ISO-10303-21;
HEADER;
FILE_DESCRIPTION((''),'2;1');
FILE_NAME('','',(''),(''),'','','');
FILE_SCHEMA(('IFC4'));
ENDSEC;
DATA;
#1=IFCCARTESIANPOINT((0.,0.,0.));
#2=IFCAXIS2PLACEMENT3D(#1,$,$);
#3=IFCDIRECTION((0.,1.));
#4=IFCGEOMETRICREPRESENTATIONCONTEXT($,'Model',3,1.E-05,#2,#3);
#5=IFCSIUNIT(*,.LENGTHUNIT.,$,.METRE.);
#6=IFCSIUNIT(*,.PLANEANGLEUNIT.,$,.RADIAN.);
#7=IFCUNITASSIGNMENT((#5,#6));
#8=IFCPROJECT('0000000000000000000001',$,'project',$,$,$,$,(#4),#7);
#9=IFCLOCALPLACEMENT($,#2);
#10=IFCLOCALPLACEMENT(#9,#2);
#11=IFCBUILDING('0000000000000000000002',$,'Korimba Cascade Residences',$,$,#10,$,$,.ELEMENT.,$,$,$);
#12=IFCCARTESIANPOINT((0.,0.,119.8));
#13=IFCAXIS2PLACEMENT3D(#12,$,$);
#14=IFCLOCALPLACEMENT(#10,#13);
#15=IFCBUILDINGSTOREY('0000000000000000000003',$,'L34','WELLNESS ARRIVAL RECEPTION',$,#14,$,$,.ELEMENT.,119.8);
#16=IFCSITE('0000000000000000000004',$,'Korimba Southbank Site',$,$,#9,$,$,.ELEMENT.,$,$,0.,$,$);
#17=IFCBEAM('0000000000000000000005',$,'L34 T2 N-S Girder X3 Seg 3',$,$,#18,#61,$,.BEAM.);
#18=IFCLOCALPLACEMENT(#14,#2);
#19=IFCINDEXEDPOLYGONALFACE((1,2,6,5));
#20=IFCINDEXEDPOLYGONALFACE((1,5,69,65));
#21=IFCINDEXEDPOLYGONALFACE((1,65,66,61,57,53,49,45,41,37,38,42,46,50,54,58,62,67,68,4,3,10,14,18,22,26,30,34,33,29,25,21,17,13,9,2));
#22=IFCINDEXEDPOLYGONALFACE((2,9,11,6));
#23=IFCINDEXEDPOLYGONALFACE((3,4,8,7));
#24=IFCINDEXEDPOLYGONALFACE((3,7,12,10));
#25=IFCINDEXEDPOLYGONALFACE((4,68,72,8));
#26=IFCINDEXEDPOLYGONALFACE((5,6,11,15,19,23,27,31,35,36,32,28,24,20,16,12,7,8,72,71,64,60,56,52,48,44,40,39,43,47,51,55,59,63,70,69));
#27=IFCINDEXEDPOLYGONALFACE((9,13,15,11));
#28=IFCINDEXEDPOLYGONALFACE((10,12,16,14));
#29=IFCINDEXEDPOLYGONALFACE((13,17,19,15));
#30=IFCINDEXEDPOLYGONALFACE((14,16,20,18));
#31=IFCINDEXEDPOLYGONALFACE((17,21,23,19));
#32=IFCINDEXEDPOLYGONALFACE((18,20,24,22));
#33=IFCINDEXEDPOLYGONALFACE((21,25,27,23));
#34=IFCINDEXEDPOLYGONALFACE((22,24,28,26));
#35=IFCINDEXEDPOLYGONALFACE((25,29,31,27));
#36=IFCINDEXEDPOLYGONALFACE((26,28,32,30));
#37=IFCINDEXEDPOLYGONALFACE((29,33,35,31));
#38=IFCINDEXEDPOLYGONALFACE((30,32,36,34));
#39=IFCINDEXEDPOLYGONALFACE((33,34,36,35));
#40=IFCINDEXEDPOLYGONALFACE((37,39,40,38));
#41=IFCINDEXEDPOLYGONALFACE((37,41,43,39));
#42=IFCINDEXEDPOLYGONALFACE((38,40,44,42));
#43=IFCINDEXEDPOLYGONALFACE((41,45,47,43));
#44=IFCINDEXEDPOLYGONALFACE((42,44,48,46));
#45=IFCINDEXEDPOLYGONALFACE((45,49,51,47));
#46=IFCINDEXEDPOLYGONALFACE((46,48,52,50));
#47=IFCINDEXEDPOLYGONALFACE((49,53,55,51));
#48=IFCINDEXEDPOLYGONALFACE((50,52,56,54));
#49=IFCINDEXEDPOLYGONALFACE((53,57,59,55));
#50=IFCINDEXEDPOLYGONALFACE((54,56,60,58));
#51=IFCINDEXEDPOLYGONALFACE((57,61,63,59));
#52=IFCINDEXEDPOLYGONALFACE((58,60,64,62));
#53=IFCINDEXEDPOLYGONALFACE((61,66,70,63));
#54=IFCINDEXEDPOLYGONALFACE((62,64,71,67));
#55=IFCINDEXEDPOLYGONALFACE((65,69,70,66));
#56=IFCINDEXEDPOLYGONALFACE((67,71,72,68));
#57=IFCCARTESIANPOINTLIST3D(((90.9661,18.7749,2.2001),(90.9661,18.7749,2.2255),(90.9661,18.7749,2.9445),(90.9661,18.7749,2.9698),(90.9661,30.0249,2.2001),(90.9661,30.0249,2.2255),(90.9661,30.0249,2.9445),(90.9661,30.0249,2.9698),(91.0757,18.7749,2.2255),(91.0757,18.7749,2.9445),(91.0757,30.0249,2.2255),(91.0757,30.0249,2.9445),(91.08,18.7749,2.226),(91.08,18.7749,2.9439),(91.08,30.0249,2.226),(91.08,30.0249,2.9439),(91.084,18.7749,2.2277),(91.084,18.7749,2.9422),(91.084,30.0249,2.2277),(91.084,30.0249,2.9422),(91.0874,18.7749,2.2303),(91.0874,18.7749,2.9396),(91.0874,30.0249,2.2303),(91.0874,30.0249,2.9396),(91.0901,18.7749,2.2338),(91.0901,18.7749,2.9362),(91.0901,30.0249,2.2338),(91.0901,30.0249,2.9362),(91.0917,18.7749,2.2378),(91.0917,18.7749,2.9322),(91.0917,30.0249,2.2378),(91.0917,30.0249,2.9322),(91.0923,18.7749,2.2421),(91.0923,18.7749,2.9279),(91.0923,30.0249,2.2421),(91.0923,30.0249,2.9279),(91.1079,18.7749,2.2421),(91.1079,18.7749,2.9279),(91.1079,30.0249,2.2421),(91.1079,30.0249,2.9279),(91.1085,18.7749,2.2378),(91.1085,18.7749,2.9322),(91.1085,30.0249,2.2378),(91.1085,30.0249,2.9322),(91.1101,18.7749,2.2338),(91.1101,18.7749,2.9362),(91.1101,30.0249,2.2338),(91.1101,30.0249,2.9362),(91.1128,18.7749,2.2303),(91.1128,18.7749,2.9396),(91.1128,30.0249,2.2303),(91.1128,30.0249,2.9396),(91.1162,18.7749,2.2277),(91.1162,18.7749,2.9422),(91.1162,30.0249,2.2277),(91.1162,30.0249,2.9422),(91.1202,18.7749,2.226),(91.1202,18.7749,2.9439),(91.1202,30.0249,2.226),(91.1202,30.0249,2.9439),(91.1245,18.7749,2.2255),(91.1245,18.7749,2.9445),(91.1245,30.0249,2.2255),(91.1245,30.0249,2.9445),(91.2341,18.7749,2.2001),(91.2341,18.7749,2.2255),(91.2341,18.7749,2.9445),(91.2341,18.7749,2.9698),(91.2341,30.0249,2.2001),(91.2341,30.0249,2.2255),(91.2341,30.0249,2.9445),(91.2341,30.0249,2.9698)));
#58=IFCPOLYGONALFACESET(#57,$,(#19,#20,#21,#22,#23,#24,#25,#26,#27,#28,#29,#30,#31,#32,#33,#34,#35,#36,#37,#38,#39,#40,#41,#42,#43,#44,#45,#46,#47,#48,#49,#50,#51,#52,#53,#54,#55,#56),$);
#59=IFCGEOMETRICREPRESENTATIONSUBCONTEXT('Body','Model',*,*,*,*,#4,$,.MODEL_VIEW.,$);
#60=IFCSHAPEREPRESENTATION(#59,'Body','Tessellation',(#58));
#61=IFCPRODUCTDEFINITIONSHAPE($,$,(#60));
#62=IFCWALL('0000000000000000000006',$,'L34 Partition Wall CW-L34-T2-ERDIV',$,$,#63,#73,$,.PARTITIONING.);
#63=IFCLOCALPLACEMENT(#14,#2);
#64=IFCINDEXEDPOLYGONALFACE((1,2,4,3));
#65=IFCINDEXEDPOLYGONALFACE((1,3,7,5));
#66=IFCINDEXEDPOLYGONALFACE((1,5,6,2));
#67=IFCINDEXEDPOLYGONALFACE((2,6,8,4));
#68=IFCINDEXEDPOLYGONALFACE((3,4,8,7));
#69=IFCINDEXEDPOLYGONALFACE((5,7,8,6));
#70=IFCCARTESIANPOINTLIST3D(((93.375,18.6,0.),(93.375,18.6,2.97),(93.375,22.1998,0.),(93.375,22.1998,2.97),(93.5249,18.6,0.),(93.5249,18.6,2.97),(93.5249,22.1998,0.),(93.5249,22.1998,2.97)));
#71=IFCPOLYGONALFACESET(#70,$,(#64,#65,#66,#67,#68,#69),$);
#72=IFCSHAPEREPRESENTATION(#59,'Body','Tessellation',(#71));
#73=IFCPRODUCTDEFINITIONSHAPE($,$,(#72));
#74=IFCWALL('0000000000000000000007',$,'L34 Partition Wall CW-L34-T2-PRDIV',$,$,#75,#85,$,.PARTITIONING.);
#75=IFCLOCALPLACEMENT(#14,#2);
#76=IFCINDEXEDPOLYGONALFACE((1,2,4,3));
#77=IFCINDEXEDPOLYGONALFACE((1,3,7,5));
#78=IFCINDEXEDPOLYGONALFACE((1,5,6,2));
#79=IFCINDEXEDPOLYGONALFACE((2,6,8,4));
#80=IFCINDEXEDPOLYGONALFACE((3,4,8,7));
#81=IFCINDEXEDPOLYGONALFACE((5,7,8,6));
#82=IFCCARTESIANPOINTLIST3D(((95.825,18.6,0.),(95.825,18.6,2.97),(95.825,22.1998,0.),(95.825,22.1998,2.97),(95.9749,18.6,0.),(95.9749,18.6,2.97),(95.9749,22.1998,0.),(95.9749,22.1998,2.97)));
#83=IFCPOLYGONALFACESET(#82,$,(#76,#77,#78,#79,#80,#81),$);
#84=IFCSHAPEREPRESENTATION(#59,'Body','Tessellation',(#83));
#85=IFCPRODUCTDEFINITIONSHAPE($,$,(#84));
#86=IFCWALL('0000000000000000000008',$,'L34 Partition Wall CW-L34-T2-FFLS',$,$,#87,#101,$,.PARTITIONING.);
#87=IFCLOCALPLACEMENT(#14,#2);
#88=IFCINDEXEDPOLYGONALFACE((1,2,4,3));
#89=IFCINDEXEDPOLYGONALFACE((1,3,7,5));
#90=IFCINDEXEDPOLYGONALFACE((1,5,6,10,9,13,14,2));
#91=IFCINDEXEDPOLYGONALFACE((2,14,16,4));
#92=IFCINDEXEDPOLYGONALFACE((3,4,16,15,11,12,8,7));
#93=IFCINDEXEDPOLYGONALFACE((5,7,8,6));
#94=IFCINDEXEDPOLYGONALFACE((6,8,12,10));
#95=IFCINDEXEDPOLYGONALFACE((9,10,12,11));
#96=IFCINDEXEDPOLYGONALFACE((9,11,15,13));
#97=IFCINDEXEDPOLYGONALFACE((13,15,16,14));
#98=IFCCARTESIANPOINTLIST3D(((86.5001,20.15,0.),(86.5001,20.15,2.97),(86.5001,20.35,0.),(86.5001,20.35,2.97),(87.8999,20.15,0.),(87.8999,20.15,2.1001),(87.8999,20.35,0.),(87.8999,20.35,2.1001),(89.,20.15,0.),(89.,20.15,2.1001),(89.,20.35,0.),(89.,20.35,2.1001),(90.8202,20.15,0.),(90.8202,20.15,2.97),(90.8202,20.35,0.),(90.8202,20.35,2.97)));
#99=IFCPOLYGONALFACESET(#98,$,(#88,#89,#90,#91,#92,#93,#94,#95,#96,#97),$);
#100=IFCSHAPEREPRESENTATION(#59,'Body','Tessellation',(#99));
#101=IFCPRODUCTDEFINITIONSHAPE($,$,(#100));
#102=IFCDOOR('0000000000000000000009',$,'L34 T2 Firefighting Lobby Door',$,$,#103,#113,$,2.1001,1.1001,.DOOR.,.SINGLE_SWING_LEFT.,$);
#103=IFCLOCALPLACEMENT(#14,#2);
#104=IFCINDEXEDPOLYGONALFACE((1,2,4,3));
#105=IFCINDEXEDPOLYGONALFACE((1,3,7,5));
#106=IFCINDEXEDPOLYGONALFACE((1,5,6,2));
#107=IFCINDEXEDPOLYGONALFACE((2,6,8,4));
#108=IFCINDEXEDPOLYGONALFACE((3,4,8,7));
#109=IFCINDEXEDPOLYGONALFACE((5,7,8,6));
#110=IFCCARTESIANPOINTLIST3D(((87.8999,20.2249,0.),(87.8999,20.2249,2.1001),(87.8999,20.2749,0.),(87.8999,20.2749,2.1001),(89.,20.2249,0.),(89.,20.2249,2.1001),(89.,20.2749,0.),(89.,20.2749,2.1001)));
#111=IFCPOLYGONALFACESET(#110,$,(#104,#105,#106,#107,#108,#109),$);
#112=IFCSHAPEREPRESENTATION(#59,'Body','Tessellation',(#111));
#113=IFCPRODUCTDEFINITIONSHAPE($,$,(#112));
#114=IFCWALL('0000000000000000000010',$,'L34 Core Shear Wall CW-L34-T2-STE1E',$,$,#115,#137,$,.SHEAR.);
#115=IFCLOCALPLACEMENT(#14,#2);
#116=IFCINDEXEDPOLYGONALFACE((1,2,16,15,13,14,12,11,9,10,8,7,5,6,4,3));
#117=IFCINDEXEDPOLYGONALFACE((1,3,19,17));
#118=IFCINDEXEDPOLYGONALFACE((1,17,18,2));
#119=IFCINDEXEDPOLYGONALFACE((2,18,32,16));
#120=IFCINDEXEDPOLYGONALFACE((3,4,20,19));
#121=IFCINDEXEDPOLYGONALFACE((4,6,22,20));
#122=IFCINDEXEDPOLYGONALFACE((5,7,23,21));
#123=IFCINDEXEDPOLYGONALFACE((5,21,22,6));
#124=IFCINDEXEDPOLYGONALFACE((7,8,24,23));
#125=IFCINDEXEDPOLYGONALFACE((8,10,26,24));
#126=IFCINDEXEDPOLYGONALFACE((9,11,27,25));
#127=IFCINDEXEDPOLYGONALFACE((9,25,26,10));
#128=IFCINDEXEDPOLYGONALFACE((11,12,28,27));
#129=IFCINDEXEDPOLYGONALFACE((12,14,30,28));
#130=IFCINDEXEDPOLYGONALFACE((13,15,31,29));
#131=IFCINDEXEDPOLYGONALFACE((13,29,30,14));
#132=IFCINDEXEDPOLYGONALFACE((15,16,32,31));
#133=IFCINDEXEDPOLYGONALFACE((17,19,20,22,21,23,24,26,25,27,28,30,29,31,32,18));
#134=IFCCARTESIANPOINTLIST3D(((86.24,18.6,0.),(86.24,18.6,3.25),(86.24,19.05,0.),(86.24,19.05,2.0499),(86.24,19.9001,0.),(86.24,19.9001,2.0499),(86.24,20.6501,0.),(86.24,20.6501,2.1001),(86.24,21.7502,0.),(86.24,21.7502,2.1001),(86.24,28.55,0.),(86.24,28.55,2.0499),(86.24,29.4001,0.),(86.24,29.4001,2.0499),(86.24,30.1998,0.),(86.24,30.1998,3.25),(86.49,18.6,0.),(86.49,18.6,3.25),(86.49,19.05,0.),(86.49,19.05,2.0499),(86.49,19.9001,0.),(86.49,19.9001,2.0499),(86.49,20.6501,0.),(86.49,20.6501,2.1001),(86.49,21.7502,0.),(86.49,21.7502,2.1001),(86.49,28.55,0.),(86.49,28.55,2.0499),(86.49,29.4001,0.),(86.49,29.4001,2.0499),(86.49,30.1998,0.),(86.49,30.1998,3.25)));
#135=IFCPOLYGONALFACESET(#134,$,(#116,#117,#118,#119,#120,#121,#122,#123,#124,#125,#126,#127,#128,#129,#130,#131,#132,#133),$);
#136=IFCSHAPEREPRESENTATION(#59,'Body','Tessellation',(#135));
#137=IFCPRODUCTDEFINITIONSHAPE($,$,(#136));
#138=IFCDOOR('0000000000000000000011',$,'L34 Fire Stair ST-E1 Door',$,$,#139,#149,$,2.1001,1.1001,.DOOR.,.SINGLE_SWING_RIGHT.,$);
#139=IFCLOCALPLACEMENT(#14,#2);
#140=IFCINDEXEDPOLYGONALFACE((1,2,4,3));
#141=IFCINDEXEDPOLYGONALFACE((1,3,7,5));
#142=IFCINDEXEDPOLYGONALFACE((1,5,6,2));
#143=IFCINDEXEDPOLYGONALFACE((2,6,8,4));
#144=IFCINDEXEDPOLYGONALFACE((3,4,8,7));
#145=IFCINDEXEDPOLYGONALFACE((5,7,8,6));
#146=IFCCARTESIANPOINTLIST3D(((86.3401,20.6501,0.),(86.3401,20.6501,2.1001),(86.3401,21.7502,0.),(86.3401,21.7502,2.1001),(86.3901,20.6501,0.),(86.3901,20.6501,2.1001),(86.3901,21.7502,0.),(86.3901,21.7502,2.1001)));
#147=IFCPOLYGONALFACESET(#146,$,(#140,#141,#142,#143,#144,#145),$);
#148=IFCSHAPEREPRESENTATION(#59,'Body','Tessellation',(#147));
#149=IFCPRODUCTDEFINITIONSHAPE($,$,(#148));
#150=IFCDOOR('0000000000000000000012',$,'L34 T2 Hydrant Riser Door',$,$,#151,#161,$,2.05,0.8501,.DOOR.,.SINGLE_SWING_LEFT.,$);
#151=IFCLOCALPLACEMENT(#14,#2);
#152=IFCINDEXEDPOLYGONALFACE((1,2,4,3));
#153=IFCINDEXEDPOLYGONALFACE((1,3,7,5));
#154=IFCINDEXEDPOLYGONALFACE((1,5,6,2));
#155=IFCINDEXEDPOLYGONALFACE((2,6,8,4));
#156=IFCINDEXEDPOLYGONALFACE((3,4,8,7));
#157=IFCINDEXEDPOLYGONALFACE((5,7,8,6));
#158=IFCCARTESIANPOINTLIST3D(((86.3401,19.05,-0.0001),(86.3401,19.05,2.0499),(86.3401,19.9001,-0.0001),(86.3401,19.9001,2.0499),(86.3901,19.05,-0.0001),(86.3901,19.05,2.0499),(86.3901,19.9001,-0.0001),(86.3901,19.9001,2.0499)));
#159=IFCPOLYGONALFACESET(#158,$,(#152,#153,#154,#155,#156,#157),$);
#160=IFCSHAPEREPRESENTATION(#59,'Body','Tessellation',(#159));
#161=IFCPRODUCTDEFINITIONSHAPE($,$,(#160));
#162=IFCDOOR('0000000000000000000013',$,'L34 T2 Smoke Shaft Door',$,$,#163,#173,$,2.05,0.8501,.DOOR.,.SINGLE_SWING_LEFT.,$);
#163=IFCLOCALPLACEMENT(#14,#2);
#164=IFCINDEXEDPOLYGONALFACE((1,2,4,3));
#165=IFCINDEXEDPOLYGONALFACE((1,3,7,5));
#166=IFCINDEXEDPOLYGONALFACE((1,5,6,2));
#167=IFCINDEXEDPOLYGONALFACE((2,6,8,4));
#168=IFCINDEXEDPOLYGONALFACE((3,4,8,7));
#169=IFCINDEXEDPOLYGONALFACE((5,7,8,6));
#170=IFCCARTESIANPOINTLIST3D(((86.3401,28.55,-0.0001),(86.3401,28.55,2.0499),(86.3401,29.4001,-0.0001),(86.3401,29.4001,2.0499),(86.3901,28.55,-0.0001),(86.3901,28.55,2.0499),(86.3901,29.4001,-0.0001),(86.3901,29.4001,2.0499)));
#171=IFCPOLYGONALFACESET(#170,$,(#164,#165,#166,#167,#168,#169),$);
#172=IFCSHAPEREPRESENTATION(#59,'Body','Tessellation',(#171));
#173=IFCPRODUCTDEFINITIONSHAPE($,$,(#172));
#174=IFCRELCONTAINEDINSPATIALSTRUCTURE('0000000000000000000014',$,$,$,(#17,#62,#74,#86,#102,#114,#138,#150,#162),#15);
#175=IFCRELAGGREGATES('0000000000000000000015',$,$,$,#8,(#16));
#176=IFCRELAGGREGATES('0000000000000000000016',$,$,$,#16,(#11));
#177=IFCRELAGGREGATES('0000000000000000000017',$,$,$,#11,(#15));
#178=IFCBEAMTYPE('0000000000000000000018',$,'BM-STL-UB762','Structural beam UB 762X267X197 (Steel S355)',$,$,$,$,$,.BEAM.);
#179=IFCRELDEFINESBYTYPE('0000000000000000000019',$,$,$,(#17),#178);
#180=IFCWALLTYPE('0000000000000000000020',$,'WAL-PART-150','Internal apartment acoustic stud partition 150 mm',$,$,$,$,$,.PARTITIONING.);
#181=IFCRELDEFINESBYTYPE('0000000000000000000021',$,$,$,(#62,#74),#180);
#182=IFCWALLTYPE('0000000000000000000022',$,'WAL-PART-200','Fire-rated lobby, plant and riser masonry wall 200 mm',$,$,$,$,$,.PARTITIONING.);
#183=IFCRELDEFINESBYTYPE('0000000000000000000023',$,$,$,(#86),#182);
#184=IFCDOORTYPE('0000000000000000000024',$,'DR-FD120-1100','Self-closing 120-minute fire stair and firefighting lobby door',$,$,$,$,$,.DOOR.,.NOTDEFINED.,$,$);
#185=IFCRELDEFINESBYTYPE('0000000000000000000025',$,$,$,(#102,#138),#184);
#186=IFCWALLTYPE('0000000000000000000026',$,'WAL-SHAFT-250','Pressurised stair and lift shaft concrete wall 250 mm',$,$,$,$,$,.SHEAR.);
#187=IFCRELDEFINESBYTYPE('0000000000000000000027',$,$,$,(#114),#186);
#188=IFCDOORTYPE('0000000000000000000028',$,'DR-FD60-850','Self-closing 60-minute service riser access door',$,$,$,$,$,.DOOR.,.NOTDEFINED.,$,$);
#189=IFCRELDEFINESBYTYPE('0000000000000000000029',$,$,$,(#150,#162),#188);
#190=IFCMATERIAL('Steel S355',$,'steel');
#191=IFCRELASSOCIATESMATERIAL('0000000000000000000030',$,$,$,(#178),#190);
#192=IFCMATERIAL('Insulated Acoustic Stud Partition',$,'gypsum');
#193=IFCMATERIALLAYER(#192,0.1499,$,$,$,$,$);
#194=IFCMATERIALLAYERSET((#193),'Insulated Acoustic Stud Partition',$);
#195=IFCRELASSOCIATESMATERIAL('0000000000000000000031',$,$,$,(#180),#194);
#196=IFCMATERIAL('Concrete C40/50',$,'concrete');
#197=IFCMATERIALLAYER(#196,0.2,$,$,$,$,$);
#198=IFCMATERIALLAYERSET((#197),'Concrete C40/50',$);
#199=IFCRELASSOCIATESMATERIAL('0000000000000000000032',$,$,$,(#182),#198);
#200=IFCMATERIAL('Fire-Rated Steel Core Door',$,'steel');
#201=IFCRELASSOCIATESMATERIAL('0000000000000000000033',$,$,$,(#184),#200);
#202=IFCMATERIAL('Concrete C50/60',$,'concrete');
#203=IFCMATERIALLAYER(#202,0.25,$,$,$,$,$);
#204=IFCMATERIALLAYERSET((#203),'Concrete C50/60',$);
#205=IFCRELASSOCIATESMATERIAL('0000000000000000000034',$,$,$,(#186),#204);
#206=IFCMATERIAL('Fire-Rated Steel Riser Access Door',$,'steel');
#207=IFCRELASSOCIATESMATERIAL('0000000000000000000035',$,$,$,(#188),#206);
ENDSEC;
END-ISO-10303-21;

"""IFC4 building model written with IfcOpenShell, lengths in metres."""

from ifc_helpers import new_model, si_unit, direction, frame, frame_2d, origin, origin_2d, place, context, subcontext, project, spatial, rectangle, i_section, extrude, material, layer, layer_set, material_profile, profile_set, type_object, element, fill, save


model = new_model("IFC4")

# Units and contexts
model_context = context("Model", 3, precision=1e-05, world=origin(), true_north=direction((0.0, 1.0)))
body_context = subcontext(model_context, "Body", "Model", "MODEL_VIEW")
ifc_project = project(units=[si_unit("LENGTHUNIT", "METRE"), si_unit("PLANEANGLEUNIT", "RADIAN")], contexts=[model_context])

# Site, building, storey
site_placement = place(None, origin())
site = spatial("IfcSite", under=ifc_project, at=site_placement, Name="Korimba Southbank Site", CompositionType="ELEMENT", RefElevation=0.0)
building_placement = place(site_placement, origin())
building = spatial("IfcBuilding", under=site, at=building_placement, Name="Korimba Cascade Residences", CompositionType="ELEMENT")
storey_placement = place(building_placement, frame((0.0, 0.0, 119.8)))
storey = spatial("IfcBuildingStorey", under=building, at=storey_placement, Name="L34", Description="WELLNESS ARRIVAL RECEPTION", CompositionType="ELEMENT", Elevation=119.8)

# Beam
ifc_material_1 = material(Name="Steel S355", Category="steel")
ifc_material_profile = material_profile(ifc_material_1, i_section(OverallWidth=0.2681, OverallDepth=0.7698, WebThickness=0.0156, FlangeThickness=0.0254, FilletRadius=0.0166, at=origin_2d()), Name="Steel S355")
ifc_profile_set = profile_set([ifc_material_profile], Name="Steel S355")
beam_type = type_object("IfcBeamType", Name="BM-STL-UB762", Description="Structural beam UB 762X267X197 (Steel S355)", PredefinedType="BEAM", material=ifc_profile_set)
beam_placement = place(storey_placement, frame((91.1001, 18.7749, 2.585), z_axis=(0.0, 1.0, 0.0), x_axis=(-1.0, 0.0, 0.0)))
element("IfcBeam", 1, at=beam_placement, inside=storey, type_object=beam_type, Name="L34 T2 N-S Girder X3 Seg 3", PredefinedType="BEAM", context=body_context, shape_type="SweptSolid", body=[
    extrude(i_section(OverallWidth=0.2681, OverallDepth=0.7698, WebThickness=0.0156, FlangeThickness=0.0254, FilletRadius=0.0166, at=origin_2d()), origin(), (0.0, 0.0, 1.0), 11.25),
])

# Walls
ifc_material_2 = material(Name="Insulated Acoustic Stud Partition", Category="gypsum")
ifc_layer_1 = layer(ifc_material_2, 0.1499)
ifc_layer_set_1 = layer_set([ifc_layer_1], Name="Insulated Acoustic Stud Partition")
wall_type_1 = type_object("IfcWallType", Name="WAL-PART-150", Description="Internal apartment acoustic stud partition 150 mm", PredefinedType="PARTITIONING", material=ifc_layer_set_1)
for number, where, z_axis, x_axis, name in (
    (2, (93.45, 18.6001, 0.0), (0.0, 0.0, 1.0), (0.0, 1.0, 0.0), "L34 Partition Wall CW-L34-T2-ERDIV"),
    (3, (95.8999, 18.6001, 0.0), (0.0, 0.0, 1.0), (0.0, 1.0, 0.0), "L34 Partition Wall CW-L34-T2-PRDIV"),
):
    element("IfcWall", number, at=place(storey_placement, frame(where, z_axis=z_axis, x_axis=x_axis)), inside=storey, type_object=wall_type_1, Name=name, PredefinedType="PARTITIONING", context=body_context, shape_type="SweptSolid", body=[
        extrude(rectangle(XDim=3.5999, YDim=0.1499, at=frame_2d((1.7998, 0.0))), origin(), (0.0, 0.0, 1.0), 2.97),
    ])

# Wall, opening, door
ifc_material_3 = material(Name="Concrete C40/50", Category="concrete")
ifc_layer_2 = layer(ifc_material_3, 0.2)
ifc_layer_set_2 = layer_set([ifc_layer_2], Name="Concrete C40/50")
wall_type_2 = type_object("IfcWallType", Name="WAL-PART-200", Description="Fire-rated lobby, plant and riser masonry wall 200 mm", PredefinedType="PARTITIONING", material=ifc_layer_set_2)
wall_1_placement = place(storey_placement, frame((86.5, 20.25, 0.0), z_axis=(0.0, 0.0, 1.0), x_axis=(1.0, 0.0, 0.0)))
wall_1 = element("IfcWall", 4, at=wall_1_placement, inside=storey, type_object=wall_type_2, Name="L34 Partition Wall CW-L34-T2-FFLS", PredefinedType="PARTITIONING", context=body_context, shape_type="SweptSolid", body=[
    extrude(rectangle(XDim=4.3201, YDim=0.2, at=frame_2d((2.1602, 0.0))), origin(), (0.0, 0.0, 1.0), 2.97),
])
opening_1_placement = place(wall_1_placement, frame((1.3999, 0.0, 0.0)))
opening_1 = element("IfcOpeningElement", 5, at=opening_1_placement, cuts=wall_1, PredefinedType="OPENING", context=body_context, shape_type="SweptSolid", body=[
    extrude(rectangle(XDim=1.1001, YDim=2.1001, at=frame_2d((0.55, 1.05))), frame((0.0, 0.1099, 0.0), z_axis=(0.0, -1.0, 0.0), x_axis=(1.0, 0.0, 0.0)), (0.0, 0.0, 1.0), 0.22),
])
ifc_material_4 = material(Name="Fire-Rated Steel Core Door", Category="steel")
door_type_1 = type_object("IfcDoorType", Name="DR-FD120-1100", Description="Self-closing 120-minute fire stair and firefighting lobby door", OperationType="NOTDEFINED", PredefinedType="DOOR", material=ifc_material_4)
door_1_placement = place(opening_1_placement, origin())
door_1 = element("IfcDoor", 6, at=door_1_placement, inside=storey, type_object=door_type_1, Name="L34 T2 Firefighting Lobby Door", OperationType="SINGLE_SWING_LEFT", OverallHeight=2.1001, OverallWidth=1.1001, PredefinedType="DOOR", context=body_context, shape_type="SweptSolid", body=[
    extrude(rectangle(XDim=1.1001, YDim=2.1001, at=frame_2d((0.55, 1.05))), frame((0.0, 0.0249, 0.0), z_axis=(0.0, -1.0, 0.0), x_axis=(1.0, 0.0, 0.0)), (0.0, 0.0, 1.0), 0.05),
])
fill(opening_1, door_1)

# Wall, openings, doors
ifc_material_5 = material(Name="Concrete C50/60", Category="concrete")
ifc_layer_3 = layer(ifc_material_5, 0.25)
ifc_layer_set_3 = layer_set([ifc_layer_3], Name="Concrete C50/60")
wall_type_3 = type_object("IfcWallType", Name="WAL-SHAFT-250", Description="Pressurised stair and lift shaft concrete wall 250 mm", PredefinedType="SHEAR", material=ifc_layer_set_3)
wall_2_placement = place(storey_placement, frame((86.365, 18.6001, 0.0), z_axis=(0.0, 0.0, 1.0), x_axis=(0.0, 1.0, 0.0)))
wall_2 = element("IfcWall", 7, at=wall_2_placement, inside=storey, type_object=wall_type_3, Name="L34 Core Shear Wall CW-L34-T2-STE1E", PredefinedType="SHEAR", context=body_context, shape_type="SweptSolid", body=[
    extrude(rectangle(XDim=11.5999, YDim=0.25, at=frame_2d((5.7998, 0.0))), origin(), (0.0, 0.0, 1.0), 3.25),
])
opening_2_placement = place(wall_2_placement, frame((0.45, 0.0, 0.0)))
opening_2 = element("IfcOpeningElement", 8, at=opening_2_placement, cuts=wall_2, PredefinedType="OPENING", context=body_context, shape_type="SweptSolid", body=[
    extrude(rectangle(XDim=0.8501, YDim=2.05, at=frame_2d((0.425, 1.0249))), frame((0.0, 0.135, 0.0), z_axis=(0.0, -1.0, 0.0), x_axis=(1.0, 0.0, 0.0)), (0.0, 0.0, 1.0), 0.27),
])
opening_3_placement = place(wall_2_placement, frame((2.05, 0.0, 0.0)))
opening_3 = element("IfcOpeningElement", 9, at=opening_3_placement, cuts=wall_2, PredefinedType="OPENING", context=body_context, shape_type="SweptSolid", body=[
    extrude(rectangle(XDim=1.1001, YDim=2.1001, at=frame_2d((0.55, 1.05))), frame((0.0, 0.135, 0.0), z_axis=(0.0, -1.0, 0.0), x_axis=(1.0, 0.0, 0.0)), (0.0, 0.0, 1.0), 0.27),
])
opening_4_placement = place(wall_2_placement, frame((9.95, 0.0, 0.0)))
opening_4 = element("IfcOpeningElement", 10, at=opening_4_placement, cuts=wall_2, PredefinedType="OPENING", context=body_context, shape_type="SweptSolid", body=[
    extrude(rectangle(XDim=0.8501, YDim=2.05, at=frame_2d((0.425, 1.0249))), frame((0.0, 0.135, 0.0), z_axis=(0.0, -1.0, 0.0), x_axis=(1.0, 0.0, 0.0)), (0.0, 0.0, 1.0), 0.27),
])
door_2_placement = place(opening_3_placement, origin())
door_2 = element("IfcDoor", 11, at=door_2_placement, inside=storey, type_object=door_type_1, Name="L34 Fire Stair ST-E1 Door", OperationType="SINGLE_SWING_RIGHT", OverallHeight=2.1001, OverallWidth=1.1001, PredefinedType="DOOR", context=body_context, shape_type="SweptSolid", body=[
    extrude(rectangle(XDim=1.1001, YDim=2.1001, at=frame_2d((0.55, 1.05))), frame((0.0, 0.0249, 0.0), z_axis=(0.0, -1.0, 0.0), x_axis=(1.0, 0.0, 0.0)), (0.0, 0.0, 1.0), 0.05),
])
fill(opening_3, door_2)
ifc_material_6 = material(Name="Fire-Rated Steel Riser Access Door", Category="steel")
door_type_2 = type_object("IfcDoorType", Name="DR-FD60-850", Description="Self-closing 60-minute service riser access door", OperationType="NOTDEFINED", PredefinedType="DOOR", material=ifc_material_6)
door_3_placement = place(opening_2_placement, origin())
door_3 = element("IfcDoor", 12, at=door_3_placement, inside=storey, type_object=door_type_2, Name="L34 T2 Hydrant Riser Door", OperationType="SINGLE_SWING_LEFT", OverallHeight=2.05, OverallWidth=0.8501, PredefinedType="DOOR", context=body_context, shape_type="SweptSolid", body=[
    extrude(rectangle(XDim=0.8501, YDim=2.05, at=frame_2d((0.425, 1.0249))), frame((0.0, 0.0249, 0.0), z_axis=(0.0, -1.0, 0.0), x_axis=(1.0, 0.0, 0.0)), (0.0, 0.0, 1.0), 0.05),
])
fill(opening_2, door_3)
door_4_placement = place(opening_4_placement, origin())
door_4 = element("IfcDoor", 13, at=door_4_placement, inside=storey, type_object=door_type_2, Name="L34 T2 Smoke Shaft Door", OperationType="SINGLE_SWING_LEFT", OverallHeight=2.05, OverallWidth=0.8501, PredefinedType="DOOR", context=body_context, shape_type="SweptSolid", body=[
    extrude(rectangle(XDim=0.8501, YDim=2.05, at=frame_2d((0.425, 1.0249))), frame((0.0, 0.0249, 0.0), z_axis=(0.0, -1.0, 0.0), x_axis=(1.0, 0.0, 0.0)), (0.0, 0.0, 1.0), 0.05),
])
fill(opening_4, door_4)

save(model, "model.ifc")
